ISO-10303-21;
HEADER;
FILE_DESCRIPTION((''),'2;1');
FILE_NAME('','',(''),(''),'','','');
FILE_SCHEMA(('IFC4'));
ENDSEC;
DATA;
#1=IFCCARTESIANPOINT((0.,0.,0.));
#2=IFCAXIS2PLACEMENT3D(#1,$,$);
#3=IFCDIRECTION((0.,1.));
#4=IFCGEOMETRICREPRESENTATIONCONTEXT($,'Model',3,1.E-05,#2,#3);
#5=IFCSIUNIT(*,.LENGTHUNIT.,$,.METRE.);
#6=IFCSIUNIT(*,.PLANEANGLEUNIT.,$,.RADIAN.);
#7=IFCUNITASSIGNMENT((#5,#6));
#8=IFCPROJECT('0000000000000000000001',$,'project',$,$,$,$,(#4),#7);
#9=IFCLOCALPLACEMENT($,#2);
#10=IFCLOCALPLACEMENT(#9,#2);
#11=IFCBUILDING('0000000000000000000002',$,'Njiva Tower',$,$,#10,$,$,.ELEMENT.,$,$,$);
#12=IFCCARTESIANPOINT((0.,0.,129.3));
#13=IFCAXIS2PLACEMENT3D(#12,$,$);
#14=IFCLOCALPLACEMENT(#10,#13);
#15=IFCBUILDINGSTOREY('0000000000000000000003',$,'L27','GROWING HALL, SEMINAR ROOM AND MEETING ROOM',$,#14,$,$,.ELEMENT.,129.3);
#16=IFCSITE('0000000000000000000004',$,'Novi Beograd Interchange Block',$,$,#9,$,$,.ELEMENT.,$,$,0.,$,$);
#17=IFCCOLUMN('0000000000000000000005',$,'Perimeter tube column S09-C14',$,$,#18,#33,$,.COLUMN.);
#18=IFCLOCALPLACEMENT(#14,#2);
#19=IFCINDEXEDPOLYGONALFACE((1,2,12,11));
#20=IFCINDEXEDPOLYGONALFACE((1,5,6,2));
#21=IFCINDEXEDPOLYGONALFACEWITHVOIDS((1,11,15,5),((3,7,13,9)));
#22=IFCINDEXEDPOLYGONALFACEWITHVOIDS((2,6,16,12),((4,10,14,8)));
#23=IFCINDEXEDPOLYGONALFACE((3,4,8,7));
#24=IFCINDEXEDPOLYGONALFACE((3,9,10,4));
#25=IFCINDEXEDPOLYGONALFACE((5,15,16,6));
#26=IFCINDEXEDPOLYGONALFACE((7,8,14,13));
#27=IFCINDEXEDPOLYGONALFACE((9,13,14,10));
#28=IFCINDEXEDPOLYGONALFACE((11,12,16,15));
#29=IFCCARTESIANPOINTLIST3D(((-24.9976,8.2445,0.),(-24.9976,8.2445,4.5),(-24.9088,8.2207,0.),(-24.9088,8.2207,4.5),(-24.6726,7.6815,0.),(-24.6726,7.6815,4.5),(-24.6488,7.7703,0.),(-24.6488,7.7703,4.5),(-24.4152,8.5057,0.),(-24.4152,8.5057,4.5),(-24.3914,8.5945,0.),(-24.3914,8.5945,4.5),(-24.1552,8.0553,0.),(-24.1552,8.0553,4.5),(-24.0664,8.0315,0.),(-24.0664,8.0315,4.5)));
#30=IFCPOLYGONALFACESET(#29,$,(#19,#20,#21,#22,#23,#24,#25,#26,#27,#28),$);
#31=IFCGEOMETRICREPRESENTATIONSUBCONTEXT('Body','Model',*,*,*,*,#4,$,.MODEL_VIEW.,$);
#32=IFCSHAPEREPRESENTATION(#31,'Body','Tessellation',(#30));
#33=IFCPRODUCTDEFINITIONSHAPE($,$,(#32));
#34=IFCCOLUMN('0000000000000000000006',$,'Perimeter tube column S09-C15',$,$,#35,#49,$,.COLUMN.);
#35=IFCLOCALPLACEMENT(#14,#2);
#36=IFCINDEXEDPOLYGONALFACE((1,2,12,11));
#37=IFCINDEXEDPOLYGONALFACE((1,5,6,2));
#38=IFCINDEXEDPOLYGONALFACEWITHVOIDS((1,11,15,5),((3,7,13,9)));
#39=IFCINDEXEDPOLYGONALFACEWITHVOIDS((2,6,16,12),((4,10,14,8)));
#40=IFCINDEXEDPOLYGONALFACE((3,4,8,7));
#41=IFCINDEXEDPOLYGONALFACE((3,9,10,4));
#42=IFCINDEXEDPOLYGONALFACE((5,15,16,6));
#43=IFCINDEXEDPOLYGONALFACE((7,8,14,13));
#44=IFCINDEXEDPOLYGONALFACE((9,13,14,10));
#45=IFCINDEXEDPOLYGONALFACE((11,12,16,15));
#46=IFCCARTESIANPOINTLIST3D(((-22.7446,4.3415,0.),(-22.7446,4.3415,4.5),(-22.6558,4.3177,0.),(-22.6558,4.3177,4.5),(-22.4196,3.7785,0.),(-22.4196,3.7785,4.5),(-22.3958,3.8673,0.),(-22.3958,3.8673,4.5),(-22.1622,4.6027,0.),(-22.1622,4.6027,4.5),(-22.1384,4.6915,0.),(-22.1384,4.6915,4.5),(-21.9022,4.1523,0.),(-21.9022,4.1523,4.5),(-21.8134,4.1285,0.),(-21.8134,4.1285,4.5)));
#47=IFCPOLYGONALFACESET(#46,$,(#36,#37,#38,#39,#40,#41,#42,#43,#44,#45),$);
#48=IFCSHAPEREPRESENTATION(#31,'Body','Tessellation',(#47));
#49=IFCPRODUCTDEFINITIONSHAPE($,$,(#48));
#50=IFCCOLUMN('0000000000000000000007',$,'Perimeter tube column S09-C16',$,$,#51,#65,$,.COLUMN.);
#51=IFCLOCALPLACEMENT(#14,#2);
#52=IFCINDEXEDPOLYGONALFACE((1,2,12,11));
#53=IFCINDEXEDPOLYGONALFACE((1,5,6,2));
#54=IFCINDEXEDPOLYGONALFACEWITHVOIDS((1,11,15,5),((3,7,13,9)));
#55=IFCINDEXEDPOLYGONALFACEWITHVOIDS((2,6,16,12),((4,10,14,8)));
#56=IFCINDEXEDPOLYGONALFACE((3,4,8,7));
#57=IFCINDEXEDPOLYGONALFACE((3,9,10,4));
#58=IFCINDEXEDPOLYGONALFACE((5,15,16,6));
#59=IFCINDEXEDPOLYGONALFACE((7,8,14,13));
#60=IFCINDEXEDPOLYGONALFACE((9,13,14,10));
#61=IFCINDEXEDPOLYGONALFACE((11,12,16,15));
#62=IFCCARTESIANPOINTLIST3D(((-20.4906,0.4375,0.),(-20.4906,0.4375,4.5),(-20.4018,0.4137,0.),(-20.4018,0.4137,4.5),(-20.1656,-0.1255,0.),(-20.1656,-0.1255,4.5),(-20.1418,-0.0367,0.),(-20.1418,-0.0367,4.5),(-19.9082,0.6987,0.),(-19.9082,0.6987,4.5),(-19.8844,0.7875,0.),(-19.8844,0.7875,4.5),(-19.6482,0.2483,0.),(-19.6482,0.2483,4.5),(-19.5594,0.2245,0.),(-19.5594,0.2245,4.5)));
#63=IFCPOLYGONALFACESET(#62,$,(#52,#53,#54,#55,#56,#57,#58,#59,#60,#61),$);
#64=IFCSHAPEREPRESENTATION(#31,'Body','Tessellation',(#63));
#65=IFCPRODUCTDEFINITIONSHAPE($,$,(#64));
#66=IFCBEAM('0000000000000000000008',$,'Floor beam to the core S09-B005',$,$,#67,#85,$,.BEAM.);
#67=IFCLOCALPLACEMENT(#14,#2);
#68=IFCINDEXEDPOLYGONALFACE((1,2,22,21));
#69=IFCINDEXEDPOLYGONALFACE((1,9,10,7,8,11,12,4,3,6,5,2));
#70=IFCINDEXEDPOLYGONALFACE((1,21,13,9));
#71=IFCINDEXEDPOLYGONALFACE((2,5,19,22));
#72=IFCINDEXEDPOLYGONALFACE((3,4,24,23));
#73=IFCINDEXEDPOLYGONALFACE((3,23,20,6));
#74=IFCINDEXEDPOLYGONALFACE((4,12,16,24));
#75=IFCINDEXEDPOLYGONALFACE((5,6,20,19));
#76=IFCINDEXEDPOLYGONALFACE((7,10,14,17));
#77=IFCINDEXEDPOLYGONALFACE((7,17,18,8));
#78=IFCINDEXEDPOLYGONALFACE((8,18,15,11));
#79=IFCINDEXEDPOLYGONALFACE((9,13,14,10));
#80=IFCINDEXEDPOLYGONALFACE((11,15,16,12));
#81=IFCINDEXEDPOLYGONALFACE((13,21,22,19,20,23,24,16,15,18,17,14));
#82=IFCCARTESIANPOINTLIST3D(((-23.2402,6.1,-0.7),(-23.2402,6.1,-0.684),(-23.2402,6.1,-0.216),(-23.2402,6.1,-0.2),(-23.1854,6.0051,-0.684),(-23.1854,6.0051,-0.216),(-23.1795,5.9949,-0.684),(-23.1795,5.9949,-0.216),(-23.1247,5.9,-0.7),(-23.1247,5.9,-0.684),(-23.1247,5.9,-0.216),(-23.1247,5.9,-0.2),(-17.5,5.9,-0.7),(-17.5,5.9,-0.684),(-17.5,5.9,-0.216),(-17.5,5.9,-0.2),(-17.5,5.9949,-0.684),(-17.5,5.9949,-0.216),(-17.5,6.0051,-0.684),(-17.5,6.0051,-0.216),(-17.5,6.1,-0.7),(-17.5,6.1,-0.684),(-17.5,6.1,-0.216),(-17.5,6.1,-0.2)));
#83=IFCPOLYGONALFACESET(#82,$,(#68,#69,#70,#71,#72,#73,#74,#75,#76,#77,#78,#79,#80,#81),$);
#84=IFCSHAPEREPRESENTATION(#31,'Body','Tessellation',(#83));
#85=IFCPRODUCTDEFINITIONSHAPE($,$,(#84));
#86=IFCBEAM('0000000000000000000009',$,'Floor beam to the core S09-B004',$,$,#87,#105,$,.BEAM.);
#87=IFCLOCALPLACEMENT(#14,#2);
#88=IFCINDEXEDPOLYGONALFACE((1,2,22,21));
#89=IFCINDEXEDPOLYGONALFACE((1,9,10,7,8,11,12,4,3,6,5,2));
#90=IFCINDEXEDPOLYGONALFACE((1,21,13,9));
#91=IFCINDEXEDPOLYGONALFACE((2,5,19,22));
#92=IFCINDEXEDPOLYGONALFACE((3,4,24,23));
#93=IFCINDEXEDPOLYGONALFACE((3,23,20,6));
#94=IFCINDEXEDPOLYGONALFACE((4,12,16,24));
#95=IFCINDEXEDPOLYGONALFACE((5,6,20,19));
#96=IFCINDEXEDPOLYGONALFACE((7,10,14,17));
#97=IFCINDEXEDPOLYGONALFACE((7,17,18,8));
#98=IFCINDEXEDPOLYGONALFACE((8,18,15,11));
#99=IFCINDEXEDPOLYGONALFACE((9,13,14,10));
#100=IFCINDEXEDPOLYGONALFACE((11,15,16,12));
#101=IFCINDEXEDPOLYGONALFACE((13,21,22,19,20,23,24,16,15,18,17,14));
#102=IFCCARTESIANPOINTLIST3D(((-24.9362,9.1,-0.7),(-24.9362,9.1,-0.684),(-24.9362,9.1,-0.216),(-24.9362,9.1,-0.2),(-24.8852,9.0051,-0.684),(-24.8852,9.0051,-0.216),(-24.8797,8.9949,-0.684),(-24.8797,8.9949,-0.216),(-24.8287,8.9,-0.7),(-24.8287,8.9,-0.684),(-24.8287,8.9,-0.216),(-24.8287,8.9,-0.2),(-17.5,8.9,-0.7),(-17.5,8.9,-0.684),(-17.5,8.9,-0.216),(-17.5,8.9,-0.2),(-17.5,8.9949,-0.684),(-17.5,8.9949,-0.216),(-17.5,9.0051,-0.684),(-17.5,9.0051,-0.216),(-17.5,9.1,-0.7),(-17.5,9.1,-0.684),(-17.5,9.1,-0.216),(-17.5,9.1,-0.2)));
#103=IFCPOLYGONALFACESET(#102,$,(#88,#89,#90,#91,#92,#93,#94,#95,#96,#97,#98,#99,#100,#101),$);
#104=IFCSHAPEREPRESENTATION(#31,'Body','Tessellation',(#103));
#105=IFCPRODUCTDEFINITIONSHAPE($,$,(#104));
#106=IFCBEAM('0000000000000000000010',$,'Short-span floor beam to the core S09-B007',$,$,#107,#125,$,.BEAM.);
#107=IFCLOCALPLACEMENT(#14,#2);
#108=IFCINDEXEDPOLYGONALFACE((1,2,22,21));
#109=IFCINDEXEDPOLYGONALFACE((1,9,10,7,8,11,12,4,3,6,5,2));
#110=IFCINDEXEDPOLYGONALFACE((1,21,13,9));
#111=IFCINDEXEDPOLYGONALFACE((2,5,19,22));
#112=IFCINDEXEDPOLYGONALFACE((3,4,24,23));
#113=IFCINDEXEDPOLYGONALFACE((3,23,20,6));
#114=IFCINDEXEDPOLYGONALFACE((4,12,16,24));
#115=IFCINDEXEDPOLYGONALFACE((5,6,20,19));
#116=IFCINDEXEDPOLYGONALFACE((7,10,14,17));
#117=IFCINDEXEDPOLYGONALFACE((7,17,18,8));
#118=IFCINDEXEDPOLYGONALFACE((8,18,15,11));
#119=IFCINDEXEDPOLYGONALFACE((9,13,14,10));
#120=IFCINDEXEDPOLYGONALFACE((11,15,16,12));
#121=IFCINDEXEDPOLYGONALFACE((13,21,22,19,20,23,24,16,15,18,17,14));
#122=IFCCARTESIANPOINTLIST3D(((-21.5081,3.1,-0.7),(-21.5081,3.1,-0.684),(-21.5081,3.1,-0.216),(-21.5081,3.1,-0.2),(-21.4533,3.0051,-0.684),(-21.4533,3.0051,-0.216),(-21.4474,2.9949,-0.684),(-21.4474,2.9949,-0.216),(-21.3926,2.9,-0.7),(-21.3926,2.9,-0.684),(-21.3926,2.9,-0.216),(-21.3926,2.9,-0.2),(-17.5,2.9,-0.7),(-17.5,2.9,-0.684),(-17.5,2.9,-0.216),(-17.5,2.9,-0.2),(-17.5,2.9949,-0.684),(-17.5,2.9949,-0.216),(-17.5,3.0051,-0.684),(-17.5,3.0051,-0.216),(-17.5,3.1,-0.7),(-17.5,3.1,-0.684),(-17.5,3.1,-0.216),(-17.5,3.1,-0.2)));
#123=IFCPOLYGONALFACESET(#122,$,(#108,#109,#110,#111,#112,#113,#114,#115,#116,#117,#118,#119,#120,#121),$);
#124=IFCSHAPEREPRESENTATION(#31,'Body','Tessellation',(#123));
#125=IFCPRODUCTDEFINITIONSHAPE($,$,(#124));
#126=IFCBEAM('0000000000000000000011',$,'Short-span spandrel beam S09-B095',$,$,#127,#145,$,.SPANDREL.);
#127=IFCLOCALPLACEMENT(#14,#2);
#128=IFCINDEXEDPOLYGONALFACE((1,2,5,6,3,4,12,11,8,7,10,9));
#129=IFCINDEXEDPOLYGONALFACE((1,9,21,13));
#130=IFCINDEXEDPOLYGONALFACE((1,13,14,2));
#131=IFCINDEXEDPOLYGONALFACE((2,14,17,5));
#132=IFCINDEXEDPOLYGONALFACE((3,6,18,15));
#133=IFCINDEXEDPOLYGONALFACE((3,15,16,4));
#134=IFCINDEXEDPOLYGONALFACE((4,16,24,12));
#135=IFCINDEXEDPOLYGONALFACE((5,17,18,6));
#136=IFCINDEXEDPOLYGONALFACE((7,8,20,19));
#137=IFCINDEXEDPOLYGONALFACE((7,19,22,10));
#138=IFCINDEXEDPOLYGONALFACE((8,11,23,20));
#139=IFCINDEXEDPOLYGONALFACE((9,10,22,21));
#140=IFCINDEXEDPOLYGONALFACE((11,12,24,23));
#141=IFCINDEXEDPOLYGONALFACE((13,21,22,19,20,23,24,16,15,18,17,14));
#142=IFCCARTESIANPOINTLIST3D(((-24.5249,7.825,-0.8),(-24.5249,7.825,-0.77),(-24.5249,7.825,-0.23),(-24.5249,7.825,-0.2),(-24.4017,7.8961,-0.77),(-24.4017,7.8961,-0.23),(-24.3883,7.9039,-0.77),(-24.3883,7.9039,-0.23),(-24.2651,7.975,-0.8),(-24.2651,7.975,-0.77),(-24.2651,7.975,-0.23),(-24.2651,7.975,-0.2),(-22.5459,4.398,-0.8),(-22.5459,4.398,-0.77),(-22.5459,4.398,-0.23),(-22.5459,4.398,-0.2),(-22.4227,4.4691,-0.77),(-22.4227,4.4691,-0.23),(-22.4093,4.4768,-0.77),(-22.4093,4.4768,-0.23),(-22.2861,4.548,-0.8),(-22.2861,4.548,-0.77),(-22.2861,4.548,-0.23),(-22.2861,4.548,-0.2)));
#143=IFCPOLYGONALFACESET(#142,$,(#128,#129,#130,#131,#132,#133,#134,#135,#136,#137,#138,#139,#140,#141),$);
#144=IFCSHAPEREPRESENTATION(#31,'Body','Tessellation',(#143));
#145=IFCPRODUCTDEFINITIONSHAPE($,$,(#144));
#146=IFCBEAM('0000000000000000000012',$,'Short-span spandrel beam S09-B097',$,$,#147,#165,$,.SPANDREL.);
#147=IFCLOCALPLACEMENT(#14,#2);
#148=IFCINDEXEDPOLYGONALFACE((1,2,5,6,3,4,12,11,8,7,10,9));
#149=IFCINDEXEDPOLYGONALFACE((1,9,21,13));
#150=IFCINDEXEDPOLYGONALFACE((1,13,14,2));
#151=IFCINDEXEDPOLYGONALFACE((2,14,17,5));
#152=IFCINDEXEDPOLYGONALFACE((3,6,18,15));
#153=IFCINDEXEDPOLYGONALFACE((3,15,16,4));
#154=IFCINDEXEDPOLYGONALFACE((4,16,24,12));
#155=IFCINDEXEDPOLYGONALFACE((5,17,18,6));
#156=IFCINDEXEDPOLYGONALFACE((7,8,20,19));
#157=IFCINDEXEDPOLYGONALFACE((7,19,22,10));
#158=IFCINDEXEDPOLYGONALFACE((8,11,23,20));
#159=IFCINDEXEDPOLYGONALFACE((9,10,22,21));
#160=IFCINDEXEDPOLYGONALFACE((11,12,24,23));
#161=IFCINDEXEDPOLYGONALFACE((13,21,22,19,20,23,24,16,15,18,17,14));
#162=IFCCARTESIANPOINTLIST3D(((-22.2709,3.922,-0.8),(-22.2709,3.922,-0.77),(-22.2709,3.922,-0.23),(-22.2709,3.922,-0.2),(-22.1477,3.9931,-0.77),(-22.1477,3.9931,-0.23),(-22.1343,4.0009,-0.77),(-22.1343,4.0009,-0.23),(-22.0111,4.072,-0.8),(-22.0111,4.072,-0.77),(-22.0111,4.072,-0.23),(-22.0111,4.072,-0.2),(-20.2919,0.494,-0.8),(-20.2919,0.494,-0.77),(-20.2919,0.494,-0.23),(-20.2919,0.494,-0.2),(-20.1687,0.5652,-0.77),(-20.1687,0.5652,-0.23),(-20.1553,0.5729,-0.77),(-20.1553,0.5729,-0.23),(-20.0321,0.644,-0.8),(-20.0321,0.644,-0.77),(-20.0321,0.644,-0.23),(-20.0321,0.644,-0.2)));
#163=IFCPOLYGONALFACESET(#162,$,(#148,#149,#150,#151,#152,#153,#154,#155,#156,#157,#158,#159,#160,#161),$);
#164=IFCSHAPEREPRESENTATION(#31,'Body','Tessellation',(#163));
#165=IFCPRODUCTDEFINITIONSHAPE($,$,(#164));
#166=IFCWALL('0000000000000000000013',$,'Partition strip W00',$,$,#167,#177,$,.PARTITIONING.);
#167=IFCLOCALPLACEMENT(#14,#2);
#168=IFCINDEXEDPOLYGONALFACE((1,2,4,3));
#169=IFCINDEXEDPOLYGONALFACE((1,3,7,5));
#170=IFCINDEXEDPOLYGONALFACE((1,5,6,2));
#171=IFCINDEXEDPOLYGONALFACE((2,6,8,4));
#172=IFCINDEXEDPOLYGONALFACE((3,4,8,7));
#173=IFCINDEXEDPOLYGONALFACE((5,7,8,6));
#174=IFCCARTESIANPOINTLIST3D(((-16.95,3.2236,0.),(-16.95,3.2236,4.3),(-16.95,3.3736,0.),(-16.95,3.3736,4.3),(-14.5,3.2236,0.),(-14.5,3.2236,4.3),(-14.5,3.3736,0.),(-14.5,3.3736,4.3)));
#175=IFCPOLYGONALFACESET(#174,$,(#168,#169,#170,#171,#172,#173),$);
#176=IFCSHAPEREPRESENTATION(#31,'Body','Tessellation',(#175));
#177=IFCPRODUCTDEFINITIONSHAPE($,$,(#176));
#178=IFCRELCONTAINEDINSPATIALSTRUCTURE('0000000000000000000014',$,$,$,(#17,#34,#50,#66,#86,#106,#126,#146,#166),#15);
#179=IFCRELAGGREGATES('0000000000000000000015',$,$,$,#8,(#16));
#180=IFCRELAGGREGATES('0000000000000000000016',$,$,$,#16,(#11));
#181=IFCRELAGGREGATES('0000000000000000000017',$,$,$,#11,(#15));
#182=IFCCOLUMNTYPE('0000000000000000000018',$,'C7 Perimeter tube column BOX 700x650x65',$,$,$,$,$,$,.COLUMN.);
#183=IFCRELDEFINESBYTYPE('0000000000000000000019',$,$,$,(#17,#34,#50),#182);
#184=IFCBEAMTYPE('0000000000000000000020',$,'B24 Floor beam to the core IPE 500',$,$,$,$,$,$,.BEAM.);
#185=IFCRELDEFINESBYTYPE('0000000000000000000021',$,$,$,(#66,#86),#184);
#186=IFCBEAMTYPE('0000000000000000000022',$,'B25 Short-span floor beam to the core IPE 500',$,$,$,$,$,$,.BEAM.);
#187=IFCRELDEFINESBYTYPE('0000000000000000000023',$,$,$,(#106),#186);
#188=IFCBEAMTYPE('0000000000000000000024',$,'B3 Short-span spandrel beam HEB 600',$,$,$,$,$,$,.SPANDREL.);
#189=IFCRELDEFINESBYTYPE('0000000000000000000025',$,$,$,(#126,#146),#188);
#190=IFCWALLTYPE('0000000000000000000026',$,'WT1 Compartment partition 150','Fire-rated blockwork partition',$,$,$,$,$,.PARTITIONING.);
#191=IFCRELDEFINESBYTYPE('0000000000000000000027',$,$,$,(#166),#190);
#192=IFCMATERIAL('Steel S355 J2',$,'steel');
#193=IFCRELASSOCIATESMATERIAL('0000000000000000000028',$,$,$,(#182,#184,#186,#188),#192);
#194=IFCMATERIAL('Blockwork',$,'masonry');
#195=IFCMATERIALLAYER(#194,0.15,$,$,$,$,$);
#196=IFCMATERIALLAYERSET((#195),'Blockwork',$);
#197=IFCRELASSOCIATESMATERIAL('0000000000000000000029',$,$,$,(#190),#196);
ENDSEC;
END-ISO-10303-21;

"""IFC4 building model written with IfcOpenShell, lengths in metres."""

from ifc_helpers import new_model, si_unit, direction, frame, frame_2d, origin, origin_2d, place, context, subcontext, project, spatial, rectangle, hollow_rectangle, i_section, extrude, clip, halfspace, material, layer, layer_set, material_profile, profile_set, type_object, element, save


model = new_model("IFC4")

# Units and contexts
model_context = context("Model", 3, precision=1e-05, world=origin(), true_north=direction((0.0, 1.0)))
body_context = subcontext(model_context, "Body", "Model", "MODEL_VIEW")
ifc_project = project(units=[si_unit("LENGTHUNIT", "METRE"), si_unit("PLANEANGLEUNIT", "RADIAN")], contexts=[model_context])

# Site, building, storey
site_placement = place(None, origin())
site = spatial("IfcSite", under=ifc_project, at=site_placement, Name="Novi Beograd Interchange Block", CompositionType="ELEMENT", RefElevation=0.0)
building_placement = place(site_placement, origin())
building = spatial("IfcBuilding", under=site, at=building_placement, Name="Njiva Tower", CompositionType="ELEMENT")
storey_placement = place(building_placement, frame((0.0, 0.0, 129.3)))
storey = spatial("IfcBuildingStorey", under=building, at=storey_placement, Name="L27", Description="GROWING HALL, SEMINAR ROOM AND MEETING ROOM", CompositionType="ELEMENT", Elevation=129.3)

# Columns
ifc_material_1 = material(Name="Steel S355 J2", Category="steel")
ifc_material_profile_1 = material_profile(ifc_material_1, hollow_rectangle(XDim=0.65, YDim=0.7, WallThickness=0.065, at=origin_2d()), Name="BOX 700x650x65")
ifc_profile_set_1 = profile_set([ifc_material_profile_1], Name="Steel S355 J2")
column_type = type_object("IfcColumnType", Name="C7 Perimeter tube column BOX 700x650x65", PredefinedType="COLUMN", material=ifc_profile_set_1)
for number, where, z_axis, x_axis, name in (
    (1, (-24.532, 8.138, 0.0), (0.0, 0.0, 1.0), (0.5, -0.866025, 0.0), "Perimeter tube column S09-C14"),
    (2, (-22.279, 4.235, 0.0), (0.0, 0.0, 1.0), (0.5, -0.866025, 0.0), "Perimeter tube column S09-C15"),
    (3, (-20.025, 0.331, 0.0), (0.0, 0.0, 1.0), (0.5, -0.866025, 0.0), "Perimeter tube column S09-C16"),
):
    element("IfcColumn", number, at=place(storey_placement, frame(where, z_axis=z_axis, x_axis=x_axis)), inside=storey, type_object=column_type, Name=name, PredefinedType="COLUMN", context=body_context, shape_type="SweptSolid", body=[
        extrude(hollow_rectangle(XDim=0.65, YDim=0.7, WallThickness=0.065, at=origin_2d()), origin(), (0.0, 0.0, 1.0), 4.5),
    ])

# Beams
ifc_material_profile_2 = material_profile(ifc_material_1, i_section(OverallWidth=0.2, OverallDepth=0.5, WebThickness=0.0102, FlangeThickness=0.016, at=origin_2d()), Name="IPE 500")
ifc_profile_set_2 = profile_set([ifc_material_profile_2], Name="Steel S355 J2")
beam_type_1 = type_object("IfcBeamType", Name="B24 Floor beam to the core IPE 500", PredefinedType="BEAM", material=ifc_profile_set_2)
beam_1_placement = place(storey_placement, frame((-23.26, 6.0, -0.45), z_axis=(1.0, 0.0, 0.0), x_axis=(0.0, 1.0, 0.0)))
element("IfcBeam", 4, at=beam_1_placement, inside=storey, type_object=beam_type_1, Name="Floor beam to the core S09-B005", PredefinedType="BEAM", context=body_context, shape_type="Clipping", body=[
    clip(extrude(i_section(OverallWidth=0.2, OverallDepth=0.5, WebThickness=0.0102, FlangeThickness=0.016, at=origin_2d()), origin(), (0.0, 0.0, 1.0), 5.76), halfspace(frame((-0.025, 0.0, 0.092), z_axis=(-0.499998, 0.0, -0.866027), x_axis=(0.0, -1.0, 0.0)), False)),
])
beam_2_placement = place(storey_placement, frame((-24.956, 9.0, -0.45), z_axis=(1.0, 0.0, 0.0), x_axis=(0.0, 1.0, 0.0)))
element("IfcBeam", 5, at=beam_2_placement, inside=storey, type_object=beam_type_1, Name="Floor beam to the core S09-B004", PredefinedType="BEAM", context=body_context, shape_type="Clipping", body=[
    clip(extrude(i_section(OverallWidth=0.2, OverallDepth=0.5, WebThickness=0.0102, FlangeThickness=0.016, at=origin_2d()), origin(), (0.0, 0.0, 1.0), 7.456), halfspace(frame((-0.0237, 0.0, 0.0863), z_axis=(-0.473769, 0.0, -0.880649), x_axis=(0.0, -1.0, 0.0)), False)),
])
ifc_material_profile_3 = material_profile(ifc_material_1, i_section(OverallWidth=0.2, OverallDepth=0.5, WebThickness=0.0102, FlangeThickness=0.016, at=origin_2d()), Name="IPE 500")
ifc_profile_set_3 = profile_set([ifc_material_profile_3], Name="Steel S355 J2")
beam_type_2 = type_object("IfcBeamType", Name="B25 Short-span floor beam to the core IPE 500", PredefinedType="BEAM", material=ifc_profile_set_3)
beam_3_placement = place(storey_placement, frame((-21.528, 3.0, -0.45), z_axis=(1.0, 0.0, 0.0), x_axis=(0.0, 1.0, 0.0)))
element("IfcBeam", 6, at=beam_3_placement, inside=storey, type_object=beam_type_2, Name="Short-span floor beam to the core S09-B007", PredefinedType="BEAM", context=body_context, shape_type="Clipping", body=[
    clip(extrude(i_section(OverallWidth=0.2, OverallDepth=0.5, WebThickness=0.0102, FlangeThickness=0.016, at=origin_2d()), origin(), (0.0, 0.0, 1.0), 4.028), halfspace(frame((-0.025, 0.0, 0.0921), z_axis=(-0.499998, 0.0, -0.866027), x_axis=(0.0, -1.0, 0.0)), False)),
])
ifc_material_profile_4 = material_profile(ifc_material_1, i_section(OverallWidth=0.3, OverallDepth=0.6, WebThickness=0.0155, FlangeThickness=0.03, at=origin_2d()), Name="HEB 600")
ifc_profile_set_4 = profile_set([ifc_material_profile_4], Name="Steel S355 J2")
beam_type_3 = type_object("IfcBeamType", Name="B3 Short-span spandrel beam HEB 600", PredefinedType="SPANDREL", material=ifc_profile_set_4)
beam_4_placement = place(storey_placement, frame((-24.395, 7.9, -0.5), z_axis=(0.50008, -0.865979, 0.0), x_axis=(0.865979, 0.50008, 0.0)))
element("IfcBeam", 7, at=beam_4_placement, inside=storey, type_object=beam_type_3, Name="Short-span spandrel beam S09-B095", PredefinedType="SPANDREL", context=body_context, shape_type="SweptSolid", body=[
    extrude(i_section(OverallWidth=0.3, OverallDepth=0.6, WebThickness=0.0155, FlangeThickness=0.03, at=origin_2d()), origin(), (0.0, 0.0, 1.0), 3.9574),
])
beam_5_placement = place(storey_placement, frame((-22.141, 3.997, -0.5), z_axis=(0.49997, -0.866043, 0.0), x_axis=(0.866043, 0.49997, 0.0)))
element("IfcBeam", 8, at=beam_5_placement, inside=storey, type_object=beam_type_3, Name="Short-span spandrel beam S09-B097", PredefinedType="SPANDREL", context=body_context, shape_type="SweptSolid", body=[
    extrude(i_section(OverallWidth=0.3, OverallDepth=0.6, WebThickness=0.0155, FlangeThickness=0.03, at=origin_2d()), origin(), (0.0, 0.0, 1.0), 3.9582),
])

# Wall
ifc_material_2 = material(Name="Blockwork", Category="masonry")
ifc_layer_1 = layer(ifc_material_2, 0.15)
ifc_layer_set_1 = layer_set([ifc_layer_1], Name="Blockwork")
wall_type_1 = type_object("IfcWallType", Name="WT1 Compartment partition 150", Description="Fire-rated blockwork partition", PredefinedType="PARTITIONING", material=ifc_layer_set_1)
wall_1_placement = place(storey_placement, frame((-16.95, 3.2986, 0.0), z_axis=(0.0, 0.0, 1.0), x_axis=(1.0, 0.0, 0.0)))
element("IfcWall", 9, at=wall_1_placement, inside=storey, type_object=wall_type_1, Name="Partition strip W00", PredefinedType="PARTITIONING", context=body_context, shape_type="SweptSolid", body=[
    extrude(rectangle(XDim=2.45, YDim=0.15, at=frame_2d((1.225, 0.0))), origin(), (0.0, 0.0, 1.0), 4.3),
])

save(model, "model.ifc")
